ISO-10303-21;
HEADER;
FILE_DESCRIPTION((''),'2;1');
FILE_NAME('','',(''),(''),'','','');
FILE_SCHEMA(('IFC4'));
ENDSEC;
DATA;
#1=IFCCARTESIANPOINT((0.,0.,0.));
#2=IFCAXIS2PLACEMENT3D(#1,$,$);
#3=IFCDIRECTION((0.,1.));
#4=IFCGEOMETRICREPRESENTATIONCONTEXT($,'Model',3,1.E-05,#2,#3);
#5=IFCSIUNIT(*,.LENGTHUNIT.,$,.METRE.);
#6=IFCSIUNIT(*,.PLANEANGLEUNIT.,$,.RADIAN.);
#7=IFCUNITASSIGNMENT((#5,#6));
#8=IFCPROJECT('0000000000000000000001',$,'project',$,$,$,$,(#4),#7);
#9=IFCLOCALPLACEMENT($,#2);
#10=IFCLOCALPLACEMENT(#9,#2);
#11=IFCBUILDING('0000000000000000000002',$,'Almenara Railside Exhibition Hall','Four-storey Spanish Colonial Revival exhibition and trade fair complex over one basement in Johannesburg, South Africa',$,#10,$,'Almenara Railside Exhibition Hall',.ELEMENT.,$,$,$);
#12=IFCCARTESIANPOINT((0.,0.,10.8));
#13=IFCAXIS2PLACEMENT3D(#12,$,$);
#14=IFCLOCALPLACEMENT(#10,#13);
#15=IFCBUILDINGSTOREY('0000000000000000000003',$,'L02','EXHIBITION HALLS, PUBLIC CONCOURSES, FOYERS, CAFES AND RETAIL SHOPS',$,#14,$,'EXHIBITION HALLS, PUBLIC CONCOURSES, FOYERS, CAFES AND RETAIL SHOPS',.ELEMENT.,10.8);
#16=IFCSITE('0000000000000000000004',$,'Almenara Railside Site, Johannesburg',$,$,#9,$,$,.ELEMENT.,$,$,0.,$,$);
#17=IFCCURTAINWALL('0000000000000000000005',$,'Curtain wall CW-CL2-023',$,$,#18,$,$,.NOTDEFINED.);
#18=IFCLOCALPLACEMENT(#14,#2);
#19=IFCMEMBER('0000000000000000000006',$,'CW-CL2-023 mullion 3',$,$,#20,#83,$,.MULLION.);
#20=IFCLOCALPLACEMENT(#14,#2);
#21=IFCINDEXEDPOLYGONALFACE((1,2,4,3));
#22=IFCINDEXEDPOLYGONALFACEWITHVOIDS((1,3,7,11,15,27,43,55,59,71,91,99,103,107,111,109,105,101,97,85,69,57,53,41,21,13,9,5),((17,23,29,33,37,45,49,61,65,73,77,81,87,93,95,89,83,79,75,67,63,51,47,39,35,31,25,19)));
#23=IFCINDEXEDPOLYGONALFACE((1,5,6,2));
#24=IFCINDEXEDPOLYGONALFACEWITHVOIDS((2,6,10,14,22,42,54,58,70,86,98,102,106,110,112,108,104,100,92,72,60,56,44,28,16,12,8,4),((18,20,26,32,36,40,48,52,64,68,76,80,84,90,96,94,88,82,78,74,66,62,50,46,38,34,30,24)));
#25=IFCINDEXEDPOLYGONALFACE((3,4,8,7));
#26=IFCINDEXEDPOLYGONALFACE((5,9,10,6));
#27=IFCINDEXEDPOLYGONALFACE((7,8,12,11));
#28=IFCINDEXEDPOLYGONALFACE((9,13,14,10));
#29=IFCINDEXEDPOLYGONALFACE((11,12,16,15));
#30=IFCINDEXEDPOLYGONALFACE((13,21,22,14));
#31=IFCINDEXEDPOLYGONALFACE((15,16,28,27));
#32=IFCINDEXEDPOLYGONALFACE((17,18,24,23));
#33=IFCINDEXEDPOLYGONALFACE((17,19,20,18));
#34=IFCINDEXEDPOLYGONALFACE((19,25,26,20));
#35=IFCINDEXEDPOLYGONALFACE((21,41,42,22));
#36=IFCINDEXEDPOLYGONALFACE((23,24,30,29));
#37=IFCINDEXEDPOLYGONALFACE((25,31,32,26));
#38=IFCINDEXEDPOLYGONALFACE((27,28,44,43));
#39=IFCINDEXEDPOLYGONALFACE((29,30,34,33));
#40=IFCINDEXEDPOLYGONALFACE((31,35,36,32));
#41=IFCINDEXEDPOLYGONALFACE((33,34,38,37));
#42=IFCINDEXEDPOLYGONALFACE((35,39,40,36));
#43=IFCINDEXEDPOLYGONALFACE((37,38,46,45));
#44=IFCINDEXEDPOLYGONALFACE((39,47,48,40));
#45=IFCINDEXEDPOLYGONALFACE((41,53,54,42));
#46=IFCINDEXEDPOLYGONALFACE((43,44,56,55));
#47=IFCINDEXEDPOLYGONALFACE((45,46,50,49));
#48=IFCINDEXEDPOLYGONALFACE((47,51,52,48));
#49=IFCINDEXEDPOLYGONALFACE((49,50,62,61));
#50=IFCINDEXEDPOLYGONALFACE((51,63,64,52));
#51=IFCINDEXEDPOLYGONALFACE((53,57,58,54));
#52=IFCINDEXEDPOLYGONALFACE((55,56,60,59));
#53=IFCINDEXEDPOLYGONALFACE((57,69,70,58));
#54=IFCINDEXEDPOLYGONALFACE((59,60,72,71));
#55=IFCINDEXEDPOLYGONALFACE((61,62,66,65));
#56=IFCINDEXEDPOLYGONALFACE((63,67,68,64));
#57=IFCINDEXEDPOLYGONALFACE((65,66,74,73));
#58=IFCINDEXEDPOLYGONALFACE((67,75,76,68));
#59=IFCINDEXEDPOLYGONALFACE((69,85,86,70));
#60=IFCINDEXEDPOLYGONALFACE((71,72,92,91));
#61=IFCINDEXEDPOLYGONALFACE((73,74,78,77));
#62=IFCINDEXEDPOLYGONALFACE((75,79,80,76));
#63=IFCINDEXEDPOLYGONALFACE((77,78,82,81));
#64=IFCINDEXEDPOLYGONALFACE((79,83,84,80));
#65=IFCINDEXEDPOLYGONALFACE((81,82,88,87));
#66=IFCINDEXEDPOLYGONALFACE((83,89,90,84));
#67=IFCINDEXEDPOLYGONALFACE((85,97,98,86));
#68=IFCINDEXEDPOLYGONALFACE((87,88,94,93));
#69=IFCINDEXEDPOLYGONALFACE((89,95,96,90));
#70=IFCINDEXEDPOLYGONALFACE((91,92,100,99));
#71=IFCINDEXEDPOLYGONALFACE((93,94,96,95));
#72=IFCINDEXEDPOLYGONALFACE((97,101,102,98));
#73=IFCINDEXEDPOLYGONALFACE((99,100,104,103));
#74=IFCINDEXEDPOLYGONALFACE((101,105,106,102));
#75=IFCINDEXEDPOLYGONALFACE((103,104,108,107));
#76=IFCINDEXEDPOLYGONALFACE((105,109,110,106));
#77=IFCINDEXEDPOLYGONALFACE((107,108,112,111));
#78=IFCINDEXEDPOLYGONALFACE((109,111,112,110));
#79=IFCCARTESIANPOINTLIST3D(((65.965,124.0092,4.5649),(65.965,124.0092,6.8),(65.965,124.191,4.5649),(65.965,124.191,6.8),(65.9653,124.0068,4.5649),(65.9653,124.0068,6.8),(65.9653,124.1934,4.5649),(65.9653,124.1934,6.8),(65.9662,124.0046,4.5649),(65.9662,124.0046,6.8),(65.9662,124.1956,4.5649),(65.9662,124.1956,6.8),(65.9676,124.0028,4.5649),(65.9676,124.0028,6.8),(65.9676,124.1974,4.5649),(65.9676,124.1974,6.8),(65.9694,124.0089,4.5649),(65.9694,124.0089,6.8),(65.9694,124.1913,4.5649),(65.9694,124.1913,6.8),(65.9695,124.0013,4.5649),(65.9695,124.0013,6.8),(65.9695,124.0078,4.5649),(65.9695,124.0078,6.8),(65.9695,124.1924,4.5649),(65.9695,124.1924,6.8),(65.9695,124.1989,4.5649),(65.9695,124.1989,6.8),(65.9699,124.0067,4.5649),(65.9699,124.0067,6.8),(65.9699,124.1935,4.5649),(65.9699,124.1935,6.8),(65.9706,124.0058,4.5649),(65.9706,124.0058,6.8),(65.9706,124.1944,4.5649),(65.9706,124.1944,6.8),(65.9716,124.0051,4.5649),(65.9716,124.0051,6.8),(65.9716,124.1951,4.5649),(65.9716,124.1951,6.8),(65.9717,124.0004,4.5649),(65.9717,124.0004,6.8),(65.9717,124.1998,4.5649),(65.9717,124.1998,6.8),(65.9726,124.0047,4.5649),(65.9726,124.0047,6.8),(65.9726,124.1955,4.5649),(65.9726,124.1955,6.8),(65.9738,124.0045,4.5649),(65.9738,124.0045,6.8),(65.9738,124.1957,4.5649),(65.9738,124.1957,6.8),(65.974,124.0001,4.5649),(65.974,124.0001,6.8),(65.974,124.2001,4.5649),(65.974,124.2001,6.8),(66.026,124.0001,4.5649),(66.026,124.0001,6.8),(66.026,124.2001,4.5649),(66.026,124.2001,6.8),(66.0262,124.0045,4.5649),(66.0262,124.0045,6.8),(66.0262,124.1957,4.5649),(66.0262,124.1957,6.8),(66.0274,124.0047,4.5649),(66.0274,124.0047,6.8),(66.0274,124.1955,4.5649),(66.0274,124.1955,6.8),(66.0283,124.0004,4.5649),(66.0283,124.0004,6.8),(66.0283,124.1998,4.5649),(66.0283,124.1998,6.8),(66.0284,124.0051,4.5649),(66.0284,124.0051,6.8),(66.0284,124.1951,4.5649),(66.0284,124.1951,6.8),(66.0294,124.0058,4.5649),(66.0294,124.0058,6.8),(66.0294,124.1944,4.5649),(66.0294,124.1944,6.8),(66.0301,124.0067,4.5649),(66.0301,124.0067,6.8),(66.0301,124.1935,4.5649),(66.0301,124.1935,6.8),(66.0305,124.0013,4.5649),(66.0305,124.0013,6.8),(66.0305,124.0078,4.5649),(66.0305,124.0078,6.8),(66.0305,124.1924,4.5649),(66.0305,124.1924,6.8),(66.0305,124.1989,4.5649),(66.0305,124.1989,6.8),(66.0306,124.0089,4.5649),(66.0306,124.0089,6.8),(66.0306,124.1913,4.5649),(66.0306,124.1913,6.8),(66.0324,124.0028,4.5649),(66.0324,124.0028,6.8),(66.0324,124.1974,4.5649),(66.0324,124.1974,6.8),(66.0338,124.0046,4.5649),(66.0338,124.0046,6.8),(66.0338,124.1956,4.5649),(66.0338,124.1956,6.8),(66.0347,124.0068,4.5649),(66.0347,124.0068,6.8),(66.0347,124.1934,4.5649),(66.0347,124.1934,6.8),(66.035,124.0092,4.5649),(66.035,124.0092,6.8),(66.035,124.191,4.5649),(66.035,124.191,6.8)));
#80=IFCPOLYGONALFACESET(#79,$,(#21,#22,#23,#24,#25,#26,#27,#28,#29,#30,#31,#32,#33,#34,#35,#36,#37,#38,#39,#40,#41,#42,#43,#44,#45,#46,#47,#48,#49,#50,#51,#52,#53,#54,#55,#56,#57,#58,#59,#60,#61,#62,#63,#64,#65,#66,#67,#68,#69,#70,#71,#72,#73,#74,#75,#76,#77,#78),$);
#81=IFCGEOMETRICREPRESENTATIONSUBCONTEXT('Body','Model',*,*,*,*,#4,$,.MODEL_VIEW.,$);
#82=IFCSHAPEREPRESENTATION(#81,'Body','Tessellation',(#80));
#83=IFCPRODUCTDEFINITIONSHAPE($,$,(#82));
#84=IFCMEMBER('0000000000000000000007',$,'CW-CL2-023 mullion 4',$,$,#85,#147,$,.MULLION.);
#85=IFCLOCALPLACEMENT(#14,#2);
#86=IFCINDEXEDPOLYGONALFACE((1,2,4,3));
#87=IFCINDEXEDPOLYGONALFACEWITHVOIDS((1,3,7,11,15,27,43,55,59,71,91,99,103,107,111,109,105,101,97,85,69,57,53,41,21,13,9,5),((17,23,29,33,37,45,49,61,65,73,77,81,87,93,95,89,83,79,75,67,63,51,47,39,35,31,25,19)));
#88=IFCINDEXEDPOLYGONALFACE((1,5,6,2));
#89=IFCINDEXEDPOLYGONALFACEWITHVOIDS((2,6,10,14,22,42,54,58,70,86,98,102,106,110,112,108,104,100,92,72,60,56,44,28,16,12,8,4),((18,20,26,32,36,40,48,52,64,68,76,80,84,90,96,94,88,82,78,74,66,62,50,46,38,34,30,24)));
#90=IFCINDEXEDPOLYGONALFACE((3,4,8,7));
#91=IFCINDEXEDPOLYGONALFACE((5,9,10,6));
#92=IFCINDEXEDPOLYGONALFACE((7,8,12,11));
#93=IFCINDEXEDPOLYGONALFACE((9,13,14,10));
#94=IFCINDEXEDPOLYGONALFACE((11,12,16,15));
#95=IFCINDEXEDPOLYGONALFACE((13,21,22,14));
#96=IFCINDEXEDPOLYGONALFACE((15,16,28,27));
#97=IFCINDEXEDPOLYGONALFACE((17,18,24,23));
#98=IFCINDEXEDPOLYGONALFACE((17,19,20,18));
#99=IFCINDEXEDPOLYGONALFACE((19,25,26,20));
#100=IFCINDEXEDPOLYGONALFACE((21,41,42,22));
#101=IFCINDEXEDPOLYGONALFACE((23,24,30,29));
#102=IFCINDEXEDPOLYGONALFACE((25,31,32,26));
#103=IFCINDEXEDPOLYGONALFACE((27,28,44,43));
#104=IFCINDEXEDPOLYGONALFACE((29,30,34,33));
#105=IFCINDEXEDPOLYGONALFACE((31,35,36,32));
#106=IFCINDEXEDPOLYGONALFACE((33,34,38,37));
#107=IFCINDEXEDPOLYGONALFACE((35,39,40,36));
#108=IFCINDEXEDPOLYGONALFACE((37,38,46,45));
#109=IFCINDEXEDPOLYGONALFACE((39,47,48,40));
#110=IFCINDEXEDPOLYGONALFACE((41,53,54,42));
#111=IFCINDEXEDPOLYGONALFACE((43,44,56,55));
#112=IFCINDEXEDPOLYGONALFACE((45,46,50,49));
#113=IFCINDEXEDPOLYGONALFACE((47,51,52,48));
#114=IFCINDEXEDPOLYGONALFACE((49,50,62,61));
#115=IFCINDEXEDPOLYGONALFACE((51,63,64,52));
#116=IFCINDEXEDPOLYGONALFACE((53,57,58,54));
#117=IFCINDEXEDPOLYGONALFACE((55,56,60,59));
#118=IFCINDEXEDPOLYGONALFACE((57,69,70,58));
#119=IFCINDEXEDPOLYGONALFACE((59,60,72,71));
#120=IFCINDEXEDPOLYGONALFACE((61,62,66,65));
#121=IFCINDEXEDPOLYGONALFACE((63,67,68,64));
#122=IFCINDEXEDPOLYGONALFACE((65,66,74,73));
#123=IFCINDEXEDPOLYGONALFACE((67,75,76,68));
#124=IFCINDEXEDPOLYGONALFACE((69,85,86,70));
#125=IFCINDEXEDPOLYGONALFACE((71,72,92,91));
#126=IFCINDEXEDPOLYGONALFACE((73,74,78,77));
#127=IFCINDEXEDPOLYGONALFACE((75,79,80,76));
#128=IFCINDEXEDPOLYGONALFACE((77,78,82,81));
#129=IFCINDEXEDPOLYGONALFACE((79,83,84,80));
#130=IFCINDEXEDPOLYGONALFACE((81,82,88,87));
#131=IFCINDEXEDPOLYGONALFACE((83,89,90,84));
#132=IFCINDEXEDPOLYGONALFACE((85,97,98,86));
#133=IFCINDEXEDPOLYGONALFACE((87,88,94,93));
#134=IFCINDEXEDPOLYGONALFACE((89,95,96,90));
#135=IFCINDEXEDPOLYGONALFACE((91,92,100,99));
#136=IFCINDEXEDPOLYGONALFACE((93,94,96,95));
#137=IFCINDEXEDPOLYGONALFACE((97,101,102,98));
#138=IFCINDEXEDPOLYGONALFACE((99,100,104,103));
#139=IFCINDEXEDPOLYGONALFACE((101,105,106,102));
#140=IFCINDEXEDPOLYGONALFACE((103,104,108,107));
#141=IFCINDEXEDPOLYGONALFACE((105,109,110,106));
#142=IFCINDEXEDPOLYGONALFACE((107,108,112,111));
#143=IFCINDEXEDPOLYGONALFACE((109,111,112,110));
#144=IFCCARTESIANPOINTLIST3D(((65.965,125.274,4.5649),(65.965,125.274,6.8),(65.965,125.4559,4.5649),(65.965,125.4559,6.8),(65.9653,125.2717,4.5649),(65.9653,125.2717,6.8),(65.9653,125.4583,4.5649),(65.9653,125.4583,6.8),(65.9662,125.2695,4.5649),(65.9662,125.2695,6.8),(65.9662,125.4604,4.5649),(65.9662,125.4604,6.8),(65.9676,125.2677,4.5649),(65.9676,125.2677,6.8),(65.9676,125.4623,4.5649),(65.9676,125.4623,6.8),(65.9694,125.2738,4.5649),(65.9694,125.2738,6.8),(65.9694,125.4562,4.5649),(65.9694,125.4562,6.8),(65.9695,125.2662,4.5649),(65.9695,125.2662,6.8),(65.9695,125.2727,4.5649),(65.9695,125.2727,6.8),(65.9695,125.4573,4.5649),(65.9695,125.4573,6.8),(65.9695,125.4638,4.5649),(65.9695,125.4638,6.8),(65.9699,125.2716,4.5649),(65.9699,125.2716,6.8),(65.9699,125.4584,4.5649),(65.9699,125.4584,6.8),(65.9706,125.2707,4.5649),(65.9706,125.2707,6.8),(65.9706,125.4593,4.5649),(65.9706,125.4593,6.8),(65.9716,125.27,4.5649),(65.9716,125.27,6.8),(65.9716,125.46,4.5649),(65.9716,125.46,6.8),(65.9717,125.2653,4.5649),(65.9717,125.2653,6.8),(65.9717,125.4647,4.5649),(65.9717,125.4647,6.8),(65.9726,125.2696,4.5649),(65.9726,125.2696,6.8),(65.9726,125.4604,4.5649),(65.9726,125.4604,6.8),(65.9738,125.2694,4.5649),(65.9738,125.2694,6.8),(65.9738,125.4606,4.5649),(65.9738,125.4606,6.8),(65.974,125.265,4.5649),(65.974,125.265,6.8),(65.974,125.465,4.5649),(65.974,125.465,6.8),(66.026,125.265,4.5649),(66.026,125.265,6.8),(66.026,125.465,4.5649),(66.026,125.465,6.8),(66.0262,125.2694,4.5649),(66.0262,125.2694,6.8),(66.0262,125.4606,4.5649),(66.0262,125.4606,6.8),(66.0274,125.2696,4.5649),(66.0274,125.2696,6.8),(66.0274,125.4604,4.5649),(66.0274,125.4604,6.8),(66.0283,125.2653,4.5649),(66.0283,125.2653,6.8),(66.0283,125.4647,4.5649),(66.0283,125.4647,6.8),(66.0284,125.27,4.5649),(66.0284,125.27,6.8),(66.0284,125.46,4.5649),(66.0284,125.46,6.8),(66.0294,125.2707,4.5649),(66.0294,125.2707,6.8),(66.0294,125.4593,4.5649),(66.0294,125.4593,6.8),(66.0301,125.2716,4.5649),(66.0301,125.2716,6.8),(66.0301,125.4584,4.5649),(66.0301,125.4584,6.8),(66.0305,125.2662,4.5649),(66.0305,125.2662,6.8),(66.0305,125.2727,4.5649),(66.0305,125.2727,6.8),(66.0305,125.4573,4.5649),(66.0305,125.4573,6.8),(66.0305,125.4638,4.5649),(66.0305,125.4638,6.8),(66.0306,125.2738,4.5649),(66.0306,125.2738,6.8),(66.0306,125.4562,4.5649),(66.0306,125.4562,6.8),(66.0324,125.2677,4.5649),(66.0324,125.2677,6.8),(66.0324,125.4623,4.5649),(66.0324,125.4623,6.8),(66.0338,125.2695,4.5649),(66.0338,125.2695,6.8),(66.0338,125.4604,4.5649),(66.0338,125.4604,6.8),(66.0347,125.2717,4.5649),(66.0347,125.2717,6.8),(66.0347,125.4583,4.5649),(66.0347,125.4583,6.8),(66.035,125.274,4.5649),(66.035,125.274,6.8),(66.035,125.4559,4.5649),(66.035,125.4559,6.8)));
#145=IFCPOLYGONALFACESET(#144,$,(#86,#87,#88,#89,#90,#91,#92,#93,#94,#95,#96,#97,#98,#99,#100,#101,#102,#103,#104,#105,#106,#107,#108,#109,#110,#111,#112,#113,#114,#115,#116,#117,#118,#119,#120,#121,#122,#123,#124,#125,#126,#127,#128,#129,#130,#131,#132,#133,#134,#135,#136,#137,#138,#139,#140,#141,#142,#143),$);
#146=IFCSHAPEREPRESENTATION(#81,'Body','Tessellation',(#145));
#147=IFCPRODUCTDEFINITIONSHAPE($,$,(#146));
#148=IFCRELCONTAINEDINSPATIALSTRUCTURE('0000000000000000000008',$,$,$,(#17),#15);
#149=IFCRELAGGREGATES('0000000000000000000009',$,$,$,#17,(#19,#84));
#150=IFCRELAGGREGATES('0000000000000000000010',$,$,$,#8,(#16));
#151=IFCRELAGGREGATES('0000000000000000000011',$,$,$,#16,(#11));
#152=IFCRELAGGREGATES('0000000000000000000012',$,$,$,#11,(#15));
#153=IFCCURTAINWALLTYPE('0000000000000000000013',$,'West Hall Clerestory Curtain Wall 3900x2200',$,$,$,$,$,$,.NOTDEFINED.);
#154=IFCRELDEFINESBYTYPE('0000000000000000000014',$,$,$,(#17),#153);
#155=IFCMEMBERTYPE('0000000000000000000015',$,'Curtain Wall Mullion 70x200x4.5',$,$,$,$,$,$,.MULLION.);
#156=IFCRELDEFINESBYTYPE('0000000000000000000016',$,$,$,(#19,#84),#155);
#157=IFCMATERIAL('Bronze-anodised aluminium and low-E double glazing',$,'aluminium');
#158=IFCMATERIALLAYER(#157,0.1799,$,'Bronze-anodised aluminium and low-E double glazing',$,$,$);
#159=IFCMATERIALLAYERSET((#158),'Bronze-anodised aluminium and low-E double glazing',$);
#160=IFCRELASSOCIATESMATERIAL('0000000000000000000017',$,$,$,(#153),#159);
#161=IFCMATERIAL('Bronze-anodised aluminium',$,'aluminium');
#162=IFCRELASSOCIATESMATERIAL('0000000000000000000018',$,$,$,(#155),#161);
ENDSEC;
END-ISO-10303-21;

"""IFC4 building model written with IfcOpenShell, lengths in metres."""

from ifc_helpers import new_model, si_unit, direction, frame, origin, origin_2d, place, context, subcontext, project, spatial, hollow_rectangle, extrude, material, layer, layer_set, material_profile, profile_set, type_object, element, aggregate, save


model = new_model("IFC4")

# Units and contexts
model_context = context("Model", 3, precision=1e-05, world=origin(), true_north=direction((0.0, 1.0)))
body_context = subcontext(model_context, "Body", "Model", "MODEL_VIEW")
ifc_project = project(units=[si_unit("LENGTHUNIT", "METRE"), si_unit("PLANEANGLEUNIT", "RADIAN")], contexts=[model_context])

# Site, building, storey
site_placement = place(None, origin())
site = spatial("IfcSite", under=ifc_project, at=site_placement, Name="Almenara Railside Site, Johannesburg", CompositionType="ELEMENT", RefElevation=0.0)
building_placement = place(site_placement, origin())
building = spatial("IfcBuilding", under=site, at=building_placement, Name="Almenara Railside Exhibition Hall", Description="Four-storey Spanish Colonial Revival exhibition and trade fair complex over one basement in Johannesburg, South Africa", LongName="Almenara Railside Exhibition Hall", CompositionType="ELEMENT")
storey_placement = place(building_placement, frame((0.0, 0.0, 10.8)))
storey = spatial("IfcBuildingStorey", under=building, at=storey_placement, Name="L02", Description="EXHIBITION HALLS, PUBLIC CONCOURSES, FOYERS, CAFES AND RETAIL SHOPS", LongName="EXHIBITION HALLS, PUBLIC CONCOURSES, FOYERS, CAFES AND RETAIL SHOPS", CompositionType="ELEMENT", Elevation=10.8)

# Curtain wall, members
ifc_material_1 = material(Name="Bronze-anodised aluminium and low-E double glazing", Category="aluminium")
ifc_layer_1 = layer(ifc_material_1, 0.1799, Name="Bronze-anodised aluminium and low-E double glazing")
ifc_layer_set_1 = layer_set([ifc_layer_1], Name="Bronze-anodised aluminium and low-E double glazing")
curtain_wall_type = type_object("IfcCurtainWallType", Name="West Hall Clerestory Curtain Wall 3900x2200", PredefinedType="NOTDEFINED", material=ifc_layer_set_1)
ifc_material_2 = material(Name="Bronze-anodised aluminium", Category="aluminium")
curtain_wall_1_placement = place(storey_placement, origin())
curtain_wall_1 = element("IfcCurtainWall", 1, at=curtain_wall_1_placement, inside=storey, type_object=curtain_wall_type, Name="Curtain wall CW-CL2-023", PredefinedType="NOTDEFINED")
ifc_material_profile_1 = material_profile(ifc_material_2, hollow_rectangle(XDim=0.0701, YDim=0.2, WallThickness=0.0044, InnerFilletRadius=0.0044, OuterFilletRadius=0.009, at=origin_2d()), Name="ALU-MUL 70x200x4.5")
ifc_profile_set_1 = profile_set([ifc_material_profile_1], Name="Bronze-anodised aluminium")
member_type_1 = type_object("IfcMemberType", Name="Curtain Wall Mullion 70x200x4.5", PredefinedType="MULLION", material=ifc_profile_set_1)
member_1_placement = place(storey_placement, frame((66.0, 124.1001, 4.5649), z_axis=(0.0, 0.0, 1.0), x_axis=(-1.0, 0.0, 0.0)))
member_1 = element("IfcMember", 2, at=member_1_placement, type_object=member_type_1, Name="CW-CL2-023 mullion 3", PredefinedType="MULLION", context=body_context, shape_type="SweptSolid", body=[
    extrude(hollow_rectangle(XDim=0.0701, YDim=0.2, WallThickness=0.0044, InnerFilletRadius=0.0044, OuterFilletRadius=0.009, at=origin_2d()), origin(), (0.0, 0.0, 1.0), 2.2351),
])
member_2_placement = place(storey_placement, frame((66.0, 125.365, 4.5649), z_axis=(0.0, 0.0, 1.0), x_axis=(-1.0, 0.0, 0.0)))
member_2 = element("IfcMember", 3, at=member_2_placement, type_object=member_type_1, Name="CW-CL2-023 mullion 4", PredefinedType="MULLION", context=body_context, shape_type="SweptSolid", body=[
    extrude(hollow_rectangle(XDim=0.0701, YDim=0.2, WallThickness=0.0044, InnerFilletRadius=0.0044, OuterFilletRadius=0.009, at=origin_2d()), origin(), (0.0, 0.0, 1.0), 2.2351),
])

aggregate(curtain_wall_1, [member_1, member_2])

save(model, "model.ifc")
